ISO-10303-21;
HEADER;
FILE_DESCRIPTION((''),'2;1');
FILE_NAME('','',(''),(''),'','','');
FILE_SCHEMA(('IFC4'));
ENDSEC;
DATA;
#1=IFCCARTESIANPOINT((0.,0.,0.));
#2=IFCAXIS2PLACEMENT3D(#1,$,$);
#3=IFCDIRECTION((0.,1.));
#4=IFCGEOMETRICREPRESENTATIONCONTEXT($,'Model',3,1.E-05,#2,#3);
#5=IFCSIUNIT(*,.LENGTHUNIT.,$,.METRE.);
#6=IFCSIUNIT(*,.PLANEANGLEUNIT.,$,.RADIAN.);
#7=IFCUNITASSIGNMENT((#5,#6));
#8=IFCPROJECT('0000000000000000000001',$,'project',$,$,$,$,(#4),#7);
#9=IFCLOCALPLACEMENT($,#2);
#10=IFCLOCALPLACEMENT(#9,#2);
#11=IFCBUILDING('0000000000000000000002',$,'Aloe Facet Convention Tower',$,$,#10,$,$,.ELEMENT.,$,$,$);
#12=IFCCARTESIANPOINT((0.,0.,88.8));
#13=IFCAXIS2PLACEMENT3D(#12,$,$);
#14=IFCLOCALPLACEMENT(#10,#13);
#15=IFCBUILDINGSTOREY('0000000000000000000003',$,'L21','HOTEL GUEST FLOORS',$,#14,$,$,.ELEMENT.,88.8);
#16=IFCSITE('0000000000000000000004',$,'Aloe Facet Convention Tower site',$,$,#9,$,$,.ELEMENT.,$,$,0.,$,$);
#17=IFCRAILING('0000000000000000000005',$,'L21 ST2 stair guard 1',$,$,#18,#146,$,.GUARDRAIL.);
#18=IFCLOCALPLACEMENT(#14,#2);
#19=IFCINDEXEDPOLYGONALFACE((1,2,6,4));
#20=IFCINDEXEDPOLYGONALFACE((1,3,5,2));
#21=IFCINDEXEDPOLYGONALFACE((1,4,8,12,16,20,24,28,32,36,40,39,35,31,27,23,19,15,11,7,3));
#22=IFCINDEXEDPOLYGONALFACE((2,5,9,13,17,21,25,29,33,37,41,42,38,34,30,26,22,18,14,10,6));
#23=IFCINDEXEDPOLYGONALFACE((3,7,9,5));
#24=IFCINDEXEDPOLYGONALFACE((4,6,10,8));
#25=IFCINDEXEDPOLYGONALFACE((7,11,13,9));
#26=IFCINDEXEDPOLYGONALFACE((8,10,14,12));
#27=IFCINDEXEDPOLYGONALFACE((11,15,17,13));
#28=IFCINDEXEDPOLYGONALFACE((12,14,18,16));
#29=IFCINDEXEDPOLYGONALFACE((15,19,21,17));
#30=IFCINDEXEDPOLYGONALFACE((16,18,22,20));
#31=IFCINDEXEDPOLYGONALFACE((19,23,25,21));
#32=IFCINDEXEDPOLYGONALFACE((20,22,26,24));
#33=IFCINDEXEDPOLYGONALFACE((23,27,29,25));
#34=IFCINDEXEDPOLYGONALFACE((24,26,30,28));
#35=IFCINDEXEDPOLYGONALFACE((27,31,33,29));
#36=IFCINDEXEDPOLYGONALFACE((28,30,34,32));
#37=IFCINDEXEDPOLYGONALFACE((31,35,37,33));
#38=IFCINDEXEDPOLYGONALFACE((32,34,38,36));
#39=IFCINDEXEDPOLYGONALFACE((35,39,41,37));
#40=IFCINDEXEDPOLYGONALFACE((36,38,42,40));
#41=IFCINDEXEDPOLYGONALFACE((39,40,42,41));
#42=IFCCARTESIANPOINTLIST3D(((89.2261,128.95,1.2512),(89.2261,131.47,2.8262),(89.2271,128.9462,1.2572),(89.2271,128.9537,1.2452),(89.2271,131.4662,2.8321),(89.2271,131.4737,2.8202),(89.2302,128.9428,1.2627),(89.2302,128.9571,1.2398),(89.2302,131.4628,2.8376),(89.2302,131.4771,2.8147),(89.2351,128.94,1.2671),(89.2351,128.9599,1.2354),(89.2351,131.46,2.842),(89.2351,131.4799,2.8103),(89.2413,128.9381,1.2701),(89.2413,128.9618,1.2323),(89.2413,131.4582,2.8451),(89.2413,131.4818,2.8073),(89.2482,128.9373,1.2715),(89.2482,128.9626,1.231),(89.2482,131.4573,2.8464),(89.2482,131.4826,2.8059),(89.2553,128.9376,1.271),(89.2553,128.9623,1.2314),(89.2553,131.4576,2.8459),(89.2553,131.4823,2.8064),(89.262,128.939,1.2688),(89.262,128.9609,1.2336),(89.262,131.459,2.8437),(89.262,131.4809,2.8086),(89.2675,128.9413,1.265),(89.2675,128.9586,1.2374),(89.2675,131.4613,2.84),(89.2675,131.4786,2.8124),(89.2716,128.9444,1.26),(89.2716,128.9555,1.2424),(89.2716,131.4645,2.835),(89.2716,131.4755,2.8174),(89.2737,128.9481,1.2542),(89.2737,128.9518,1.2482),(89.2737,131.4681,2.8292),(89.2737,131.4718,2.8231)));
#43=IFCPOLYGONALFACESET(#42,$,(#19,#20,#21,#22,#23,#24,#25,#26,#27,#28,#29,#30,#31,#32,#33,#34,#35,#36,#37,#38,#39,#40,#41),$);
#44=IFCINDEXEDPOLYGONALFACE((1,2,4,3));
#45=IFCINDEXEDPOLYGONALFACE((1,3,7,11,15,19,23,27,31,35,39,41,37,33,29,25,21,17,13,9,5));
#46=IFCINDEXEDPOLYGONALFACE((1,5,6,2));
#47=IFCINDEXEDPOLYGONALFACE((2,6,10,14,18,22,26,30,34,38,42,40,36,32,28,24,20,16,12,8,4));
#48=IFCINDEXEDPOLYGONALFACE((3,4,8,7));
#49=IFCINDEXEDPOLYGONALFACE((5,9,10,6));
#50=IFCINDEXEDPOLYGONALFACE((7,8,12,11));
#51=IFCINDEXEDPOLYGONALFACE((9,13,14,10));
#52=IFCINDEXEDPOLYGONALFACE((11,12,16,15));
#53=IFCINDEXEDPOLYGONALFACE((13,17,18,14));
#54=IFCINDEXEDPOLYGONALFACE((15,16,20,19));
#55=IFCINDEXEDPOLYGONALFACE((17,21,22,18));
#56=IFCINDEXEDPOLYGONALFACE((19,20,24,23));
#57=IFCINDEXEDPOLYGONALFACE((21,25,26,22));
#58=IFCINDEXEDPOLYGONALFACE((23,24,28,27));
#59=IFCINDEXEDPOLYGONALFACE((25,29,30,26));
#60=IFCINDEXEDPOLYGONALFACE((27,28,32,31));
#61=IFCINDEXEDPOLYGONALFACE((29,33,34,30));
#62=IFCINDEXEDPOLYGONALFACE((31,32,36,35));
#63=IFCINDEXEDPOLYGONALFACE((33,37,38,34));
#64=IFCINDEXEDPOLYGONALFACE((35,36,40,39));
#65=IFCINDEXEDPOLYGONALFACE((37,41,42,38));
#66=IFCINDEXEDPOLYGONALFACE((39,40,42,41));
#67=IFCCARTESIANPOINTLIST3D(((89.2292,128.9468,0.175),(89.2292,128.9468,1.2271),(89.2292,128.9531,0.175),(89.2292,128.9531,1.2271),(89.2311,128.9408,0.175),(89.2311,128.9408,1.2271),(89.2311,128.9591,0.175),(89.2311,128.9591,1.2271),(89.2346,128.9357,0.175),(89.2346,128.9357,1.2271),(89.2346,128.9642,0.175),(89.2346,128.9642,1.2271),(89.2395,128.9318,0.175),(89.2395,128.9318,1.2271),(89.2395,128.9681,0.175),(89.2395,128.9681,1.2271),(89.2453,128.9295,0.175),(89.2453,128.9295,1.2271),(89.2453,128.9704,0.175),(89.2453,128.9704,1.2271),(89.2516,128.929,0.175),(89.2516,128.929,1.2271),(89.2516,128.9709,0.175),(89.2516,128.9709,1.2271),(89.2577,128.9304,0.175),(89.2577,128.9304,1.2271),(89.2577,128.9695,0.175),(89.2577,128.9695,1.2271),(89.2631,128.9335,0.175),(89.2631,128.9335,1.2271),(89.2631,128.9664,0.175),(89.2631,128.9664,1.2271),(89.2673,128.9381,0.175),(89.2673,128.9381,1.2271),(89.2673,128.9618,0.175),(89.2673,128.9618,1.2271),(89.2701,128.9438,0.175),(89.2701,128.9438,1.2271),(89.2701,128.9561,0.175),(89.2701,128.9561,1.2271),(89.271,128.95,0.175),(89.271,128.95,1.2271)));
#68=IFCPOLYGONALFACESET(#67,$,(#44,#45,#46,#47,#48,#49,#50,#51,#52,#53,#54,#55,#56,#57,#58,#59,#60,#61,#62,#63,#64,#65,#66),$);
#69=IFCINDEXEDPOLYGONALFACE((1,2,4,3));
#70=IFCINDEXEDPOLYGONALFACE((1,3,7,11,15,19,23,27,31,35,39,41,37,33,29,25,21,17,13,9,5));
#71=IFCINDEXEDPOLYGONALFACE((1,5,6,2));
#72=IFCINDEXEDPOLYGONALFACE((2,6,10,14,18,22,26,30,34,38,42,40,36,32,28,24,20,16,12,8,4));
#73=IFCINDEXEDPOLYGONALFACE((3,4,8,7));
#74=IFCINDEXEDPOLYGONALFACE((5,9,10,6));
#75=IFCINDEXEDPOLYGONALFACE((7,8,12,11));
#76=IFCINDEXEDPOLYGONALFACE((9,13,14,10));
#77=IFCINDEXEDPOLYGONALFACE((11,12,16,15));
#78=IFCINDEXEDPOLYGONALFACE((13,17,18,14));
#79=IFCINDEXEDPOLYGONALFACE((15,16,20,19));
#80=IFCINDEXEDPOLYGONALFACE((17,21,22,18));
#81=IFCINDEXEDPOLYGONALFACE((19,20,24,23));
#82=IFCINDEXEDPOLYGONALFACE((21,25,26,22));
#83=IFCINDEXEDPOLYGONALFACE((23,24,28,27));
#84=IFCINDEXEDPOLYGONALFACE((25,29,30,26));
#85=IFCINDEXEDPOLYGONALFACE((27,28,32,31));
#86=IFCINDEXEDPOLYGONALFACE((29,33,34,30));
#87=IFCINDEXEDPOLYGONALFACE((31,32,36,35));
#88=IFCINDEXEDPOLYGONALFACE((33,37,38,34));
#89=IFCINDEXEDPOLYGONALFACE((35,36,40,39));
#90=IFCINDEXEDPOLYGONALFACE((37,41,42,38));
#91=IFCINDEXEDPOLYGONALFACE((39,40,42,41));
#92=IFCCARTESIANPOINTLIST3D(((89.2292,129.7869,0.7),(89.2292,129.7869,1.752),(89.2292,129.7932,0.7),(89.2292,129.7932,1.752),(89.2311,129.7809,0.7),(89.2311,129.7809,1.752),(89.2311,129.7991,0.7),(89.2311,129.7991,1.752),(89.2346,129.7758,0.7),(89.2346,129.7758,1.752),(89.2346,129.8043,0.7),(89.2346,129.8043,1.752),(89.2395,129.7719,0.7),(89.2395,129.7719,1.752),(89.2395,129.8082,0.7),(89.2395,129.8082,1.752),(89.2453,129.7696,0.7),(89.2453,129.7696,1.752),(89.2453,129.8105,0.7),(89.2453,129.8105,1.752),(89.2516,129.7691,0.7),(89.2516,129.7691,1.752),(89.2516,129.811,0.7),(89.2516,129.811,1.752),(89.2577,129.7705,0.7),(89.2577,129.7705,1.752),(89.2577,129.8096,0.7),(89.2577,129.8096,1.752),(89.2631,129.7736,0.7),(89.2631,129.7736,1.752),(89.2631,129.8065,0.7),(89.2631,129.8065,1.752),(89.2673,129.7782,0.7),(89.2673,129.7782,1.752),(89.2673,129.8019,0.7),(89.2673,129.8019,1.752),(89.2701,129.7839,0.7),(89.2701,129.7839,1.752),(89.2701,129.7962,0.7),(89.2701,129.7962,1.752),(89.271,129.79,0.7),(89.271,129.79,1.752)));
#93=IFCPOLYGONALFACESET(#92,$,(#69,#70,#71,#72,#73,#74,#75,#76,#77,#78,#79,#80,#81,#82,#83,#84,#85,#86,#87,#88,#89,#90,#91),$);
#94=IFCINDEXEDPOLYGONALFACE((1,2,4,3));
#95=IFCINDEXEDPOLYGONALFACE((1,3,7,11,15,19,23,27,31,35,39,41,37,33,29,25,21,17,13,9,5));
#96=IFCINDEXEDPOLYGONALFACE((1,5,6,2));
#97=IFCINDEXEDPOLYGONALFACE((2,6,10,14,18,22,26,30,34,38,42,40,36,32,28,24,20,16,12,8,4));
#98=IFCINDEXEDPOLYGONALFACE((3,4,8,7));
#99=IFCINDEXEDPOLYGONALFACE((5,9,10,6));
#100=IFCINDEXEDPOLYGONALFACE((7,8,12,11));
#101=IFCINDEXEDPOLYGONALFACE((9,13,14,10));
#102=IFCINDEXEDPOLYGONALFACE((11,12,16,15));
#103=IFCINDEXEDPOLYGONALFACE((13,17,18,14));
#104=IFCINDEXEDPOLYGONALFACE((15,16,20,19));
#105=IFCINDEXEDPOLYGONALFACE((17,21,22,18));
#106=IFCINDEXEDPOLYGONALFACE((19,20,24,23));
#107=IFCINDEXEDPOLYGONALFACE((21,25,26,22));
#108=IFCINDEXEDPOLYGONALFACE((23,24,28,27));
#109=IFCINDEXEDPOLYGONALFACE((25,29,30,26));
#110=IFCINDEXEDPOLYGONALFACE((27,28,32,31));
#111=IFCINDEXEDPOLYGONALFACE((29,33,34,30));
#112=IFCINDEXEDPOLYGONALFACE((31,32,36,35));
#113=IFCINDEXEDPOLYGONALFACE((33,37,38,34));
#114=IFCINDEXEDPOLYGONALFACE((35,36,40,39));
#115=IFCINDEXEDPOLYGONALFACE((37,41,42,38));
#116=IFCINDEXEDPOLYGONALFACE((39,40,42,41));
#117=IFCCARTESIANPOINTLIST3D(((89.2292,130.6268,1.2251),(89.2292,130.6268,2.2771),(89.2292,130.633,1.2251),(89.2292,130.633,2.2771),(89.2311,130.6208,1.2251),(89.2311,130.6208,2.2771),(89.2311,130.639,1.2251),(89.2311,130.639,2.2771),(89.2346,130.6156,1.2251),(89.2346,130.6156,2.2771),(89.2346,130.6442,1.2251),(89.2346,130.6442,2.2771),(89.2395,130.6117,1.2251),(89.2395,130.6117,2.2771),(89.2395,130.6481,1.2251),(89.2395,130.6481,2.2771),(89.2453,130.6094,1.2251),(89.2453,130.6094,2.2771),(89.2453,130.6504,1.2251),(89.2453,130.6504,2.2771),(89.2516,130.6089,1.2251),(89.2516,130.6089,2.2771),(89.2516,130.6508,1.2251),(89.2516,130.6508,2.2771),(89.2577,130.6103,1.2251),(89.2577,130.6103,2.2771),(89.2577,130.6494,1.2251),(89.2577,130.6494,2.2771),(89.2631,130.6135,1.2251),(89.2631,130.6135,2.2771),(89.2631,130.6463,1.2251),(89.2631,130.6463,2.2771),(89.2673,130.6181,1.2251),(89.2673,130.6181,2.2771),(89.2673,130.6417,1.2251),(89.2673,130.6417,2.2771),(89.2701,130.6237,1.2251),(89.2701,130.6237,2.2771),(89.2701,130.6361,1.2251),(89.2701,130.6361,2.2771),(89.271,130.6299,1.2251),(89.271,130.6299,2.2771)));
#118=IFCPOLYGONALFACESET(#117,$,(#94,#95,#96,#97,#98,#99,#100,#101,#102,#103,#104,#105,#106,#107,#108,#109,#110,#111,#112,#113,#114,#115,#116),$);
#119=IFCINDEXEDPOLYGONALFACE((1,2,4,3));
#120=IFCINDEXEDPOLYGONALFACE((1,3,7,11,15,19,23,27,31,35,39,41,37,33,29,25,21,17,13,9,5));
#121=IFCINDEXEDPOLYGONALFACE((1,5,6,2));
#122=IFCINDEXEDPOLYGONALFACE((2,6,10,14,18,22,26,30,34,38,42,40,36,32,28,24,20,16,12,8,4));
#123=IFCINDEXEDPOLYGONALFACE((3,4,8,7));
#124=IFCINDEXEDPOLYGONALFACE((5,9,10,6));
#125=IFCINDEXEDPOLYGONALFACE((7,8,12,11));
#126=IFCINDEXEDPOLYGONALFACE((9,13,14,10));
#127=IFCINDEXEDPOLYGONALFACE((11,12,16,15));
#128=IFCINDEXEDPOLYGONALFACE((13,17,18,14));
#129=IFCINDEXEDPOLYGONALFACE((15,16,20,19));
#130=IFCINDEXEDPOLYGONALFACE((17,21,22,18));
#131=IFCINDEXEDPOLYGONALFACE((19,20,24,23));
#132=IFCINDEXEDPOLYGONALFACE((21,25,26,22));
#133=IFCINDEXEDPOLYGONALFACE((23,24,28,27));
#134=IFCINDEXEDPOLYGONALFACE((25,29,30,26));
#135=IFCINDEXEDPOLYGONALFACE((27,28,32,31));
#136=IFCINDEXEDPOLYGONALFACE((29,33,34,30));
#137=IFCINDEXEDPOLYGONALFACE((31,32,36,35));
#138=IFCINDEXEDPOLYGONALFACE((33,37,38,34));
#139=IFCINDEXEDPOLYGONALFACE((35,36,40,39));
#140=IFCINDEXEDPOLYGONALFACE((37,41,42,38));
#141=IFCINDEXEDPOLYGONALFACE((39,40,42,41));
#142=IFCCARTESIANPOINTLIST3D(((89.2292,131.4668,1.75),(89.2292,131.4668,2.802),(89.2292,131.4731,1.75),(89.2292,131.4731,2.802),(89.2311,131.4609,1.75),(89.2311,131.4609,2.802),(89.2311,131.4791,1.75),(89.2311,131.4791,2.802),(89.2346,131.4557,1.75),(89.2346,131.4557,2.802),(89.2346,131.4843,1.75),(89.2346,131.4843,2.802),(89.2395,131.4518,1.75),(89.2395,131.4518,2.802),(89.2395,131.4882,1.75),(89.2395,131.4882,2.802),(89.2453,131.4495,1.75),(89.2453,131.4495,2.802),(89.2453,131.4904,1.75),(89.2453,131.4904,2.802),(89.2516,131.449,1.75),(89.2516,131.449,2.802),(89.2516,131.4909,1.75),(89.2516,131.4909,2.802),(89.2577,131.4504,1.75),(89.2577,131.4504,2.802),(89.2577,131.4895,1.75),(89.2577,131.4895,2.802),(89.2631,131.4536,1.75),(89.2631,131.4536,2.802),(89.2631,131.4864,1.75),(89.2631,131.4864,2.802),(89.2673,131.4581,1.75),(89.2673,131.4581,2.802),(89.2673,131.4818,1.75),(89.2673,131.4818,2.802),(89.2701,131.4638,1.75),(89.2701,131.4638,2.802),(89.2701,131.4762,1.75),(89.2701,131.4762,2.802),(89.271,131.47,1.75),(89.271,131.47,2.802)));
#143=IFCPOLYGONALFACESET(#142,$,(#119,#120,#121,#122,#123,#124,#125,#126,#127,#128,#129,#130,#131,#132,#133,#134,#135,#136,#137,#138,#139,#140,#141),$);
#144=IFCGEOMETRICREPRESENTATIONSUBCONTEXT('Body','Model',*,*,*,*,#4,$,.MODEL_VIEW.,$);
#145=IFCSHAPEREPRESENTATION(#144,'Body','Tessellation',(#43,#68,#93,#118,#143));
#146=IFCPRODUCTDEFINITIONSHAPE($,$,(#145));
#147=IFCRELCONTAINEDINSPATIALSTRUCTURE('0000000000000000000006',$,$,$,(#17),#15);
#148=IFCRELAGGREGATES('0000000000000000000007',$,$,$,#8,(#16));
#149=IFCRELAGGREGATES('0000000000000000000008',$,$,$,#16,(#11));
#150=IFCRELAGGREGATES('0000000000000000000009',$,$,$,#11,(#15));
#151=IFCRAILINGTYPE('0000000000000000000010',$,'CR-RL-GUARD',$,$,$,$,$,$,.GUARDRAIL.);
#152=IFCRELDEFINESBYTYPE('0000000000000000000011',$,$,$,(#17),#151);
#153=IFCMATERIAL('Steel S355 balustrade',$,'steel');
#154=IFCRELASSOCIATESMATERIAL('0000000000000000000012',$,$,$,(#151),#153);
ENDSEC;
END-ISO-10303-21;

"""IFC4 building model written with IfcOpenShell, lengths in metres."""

from ifc_helpers import new_model, si_unit, direction, frame, origin, origin_2d, place, context, subcontext, project, spatial, circle, extrude, material, type_object, element, save


model = new_model("IFC4")

# Units and contexts
model_context = context("Model", 3, precision=1e-05, world=origin(), true_north=direction((0.0, 1.0)))
body_context = subcontext(model_context, "Body", "Model", "MODEL_VIEW")
ifc_project = project(units=[si_unit("LENGTHUNIT", "METRE"), si_unit("PLANEANGLEUNIT", "RADIAN")], contexts=[model_context])

# Site, building, storey
site_placement = place(None, origin())
site = spatial("IfcSite", under=ifc_project, at=site_placement, Name="Aloe Facet Convention Tower site", CompositionType="ELEMENT", RefElevation=0.0)
building_placement = place(site_placement, origin())
building = spatial("IfcBuilding", under=site, at=building_placement, Name="Aloe Facet Convention Tower", CompositionType="ELEMENT")
storey_placement = place(building_placement, frame((0.0, 0.0, 88.8)))
storey = spatial("IfcBuildingStorey", under=building, at=storey_placement, Name="L21", Description="HOTEL GUEST FLOORS", CompositionType="ELEMENT", Elevation=88.8)

# Railing
ifc_material_1 = material(Name="Steel S355 balustrade", Category="steel")
railing_type_1 = type_object("IfcRailingType", Name="CR-RL-GUARD", PredefinedType="GUARDRAIL", material=ifc_material_1)
railing_1_placement = place(storey_placement, frame((89.25, 128.95, 0.175)))
element("IfcRailing", 1, at=railing_1_placement, inside=storey, type_object=railing_type_1, Name="L21 ST2 stair guard 1", PredefinedType="GUARDRAIL", context=body_context, shape_type="SweptSolid", body=[
    extrude(circle(Radius=0.0239, at=origin_2d()), frame((0.0, 0.0, 1.0762), z_axis=(0.0, 0.848008, 0.529984), x_axis=(-1.0, 0.0, 0.0)), (0.0, 0.0, 1.0), 2.9717),
    extrude(circle(Radius=0.021, at=origin_2d()), origin(), (0.0, 0.0, 1.0), 1.052),
    extrude(circle(Radius=0.021, at=origin_2d()), frame((0.0, 0.8401, 0.5249)), (0.0, 0.0, 1.0), 1.052),
    extrude(circle(Radius=0.021, at=origin_2d()), frame((0.0, 1.6799, 1.05)), (0.0, 0.0, 1.0), 1.052),
    extrude(circle(Radius=0.021, at=origin_2d()), frame((0.0, 2.52, 1.575)), (0.0, 0.0, 1.0), 1.052),
])

save(model, "model.ifc")
